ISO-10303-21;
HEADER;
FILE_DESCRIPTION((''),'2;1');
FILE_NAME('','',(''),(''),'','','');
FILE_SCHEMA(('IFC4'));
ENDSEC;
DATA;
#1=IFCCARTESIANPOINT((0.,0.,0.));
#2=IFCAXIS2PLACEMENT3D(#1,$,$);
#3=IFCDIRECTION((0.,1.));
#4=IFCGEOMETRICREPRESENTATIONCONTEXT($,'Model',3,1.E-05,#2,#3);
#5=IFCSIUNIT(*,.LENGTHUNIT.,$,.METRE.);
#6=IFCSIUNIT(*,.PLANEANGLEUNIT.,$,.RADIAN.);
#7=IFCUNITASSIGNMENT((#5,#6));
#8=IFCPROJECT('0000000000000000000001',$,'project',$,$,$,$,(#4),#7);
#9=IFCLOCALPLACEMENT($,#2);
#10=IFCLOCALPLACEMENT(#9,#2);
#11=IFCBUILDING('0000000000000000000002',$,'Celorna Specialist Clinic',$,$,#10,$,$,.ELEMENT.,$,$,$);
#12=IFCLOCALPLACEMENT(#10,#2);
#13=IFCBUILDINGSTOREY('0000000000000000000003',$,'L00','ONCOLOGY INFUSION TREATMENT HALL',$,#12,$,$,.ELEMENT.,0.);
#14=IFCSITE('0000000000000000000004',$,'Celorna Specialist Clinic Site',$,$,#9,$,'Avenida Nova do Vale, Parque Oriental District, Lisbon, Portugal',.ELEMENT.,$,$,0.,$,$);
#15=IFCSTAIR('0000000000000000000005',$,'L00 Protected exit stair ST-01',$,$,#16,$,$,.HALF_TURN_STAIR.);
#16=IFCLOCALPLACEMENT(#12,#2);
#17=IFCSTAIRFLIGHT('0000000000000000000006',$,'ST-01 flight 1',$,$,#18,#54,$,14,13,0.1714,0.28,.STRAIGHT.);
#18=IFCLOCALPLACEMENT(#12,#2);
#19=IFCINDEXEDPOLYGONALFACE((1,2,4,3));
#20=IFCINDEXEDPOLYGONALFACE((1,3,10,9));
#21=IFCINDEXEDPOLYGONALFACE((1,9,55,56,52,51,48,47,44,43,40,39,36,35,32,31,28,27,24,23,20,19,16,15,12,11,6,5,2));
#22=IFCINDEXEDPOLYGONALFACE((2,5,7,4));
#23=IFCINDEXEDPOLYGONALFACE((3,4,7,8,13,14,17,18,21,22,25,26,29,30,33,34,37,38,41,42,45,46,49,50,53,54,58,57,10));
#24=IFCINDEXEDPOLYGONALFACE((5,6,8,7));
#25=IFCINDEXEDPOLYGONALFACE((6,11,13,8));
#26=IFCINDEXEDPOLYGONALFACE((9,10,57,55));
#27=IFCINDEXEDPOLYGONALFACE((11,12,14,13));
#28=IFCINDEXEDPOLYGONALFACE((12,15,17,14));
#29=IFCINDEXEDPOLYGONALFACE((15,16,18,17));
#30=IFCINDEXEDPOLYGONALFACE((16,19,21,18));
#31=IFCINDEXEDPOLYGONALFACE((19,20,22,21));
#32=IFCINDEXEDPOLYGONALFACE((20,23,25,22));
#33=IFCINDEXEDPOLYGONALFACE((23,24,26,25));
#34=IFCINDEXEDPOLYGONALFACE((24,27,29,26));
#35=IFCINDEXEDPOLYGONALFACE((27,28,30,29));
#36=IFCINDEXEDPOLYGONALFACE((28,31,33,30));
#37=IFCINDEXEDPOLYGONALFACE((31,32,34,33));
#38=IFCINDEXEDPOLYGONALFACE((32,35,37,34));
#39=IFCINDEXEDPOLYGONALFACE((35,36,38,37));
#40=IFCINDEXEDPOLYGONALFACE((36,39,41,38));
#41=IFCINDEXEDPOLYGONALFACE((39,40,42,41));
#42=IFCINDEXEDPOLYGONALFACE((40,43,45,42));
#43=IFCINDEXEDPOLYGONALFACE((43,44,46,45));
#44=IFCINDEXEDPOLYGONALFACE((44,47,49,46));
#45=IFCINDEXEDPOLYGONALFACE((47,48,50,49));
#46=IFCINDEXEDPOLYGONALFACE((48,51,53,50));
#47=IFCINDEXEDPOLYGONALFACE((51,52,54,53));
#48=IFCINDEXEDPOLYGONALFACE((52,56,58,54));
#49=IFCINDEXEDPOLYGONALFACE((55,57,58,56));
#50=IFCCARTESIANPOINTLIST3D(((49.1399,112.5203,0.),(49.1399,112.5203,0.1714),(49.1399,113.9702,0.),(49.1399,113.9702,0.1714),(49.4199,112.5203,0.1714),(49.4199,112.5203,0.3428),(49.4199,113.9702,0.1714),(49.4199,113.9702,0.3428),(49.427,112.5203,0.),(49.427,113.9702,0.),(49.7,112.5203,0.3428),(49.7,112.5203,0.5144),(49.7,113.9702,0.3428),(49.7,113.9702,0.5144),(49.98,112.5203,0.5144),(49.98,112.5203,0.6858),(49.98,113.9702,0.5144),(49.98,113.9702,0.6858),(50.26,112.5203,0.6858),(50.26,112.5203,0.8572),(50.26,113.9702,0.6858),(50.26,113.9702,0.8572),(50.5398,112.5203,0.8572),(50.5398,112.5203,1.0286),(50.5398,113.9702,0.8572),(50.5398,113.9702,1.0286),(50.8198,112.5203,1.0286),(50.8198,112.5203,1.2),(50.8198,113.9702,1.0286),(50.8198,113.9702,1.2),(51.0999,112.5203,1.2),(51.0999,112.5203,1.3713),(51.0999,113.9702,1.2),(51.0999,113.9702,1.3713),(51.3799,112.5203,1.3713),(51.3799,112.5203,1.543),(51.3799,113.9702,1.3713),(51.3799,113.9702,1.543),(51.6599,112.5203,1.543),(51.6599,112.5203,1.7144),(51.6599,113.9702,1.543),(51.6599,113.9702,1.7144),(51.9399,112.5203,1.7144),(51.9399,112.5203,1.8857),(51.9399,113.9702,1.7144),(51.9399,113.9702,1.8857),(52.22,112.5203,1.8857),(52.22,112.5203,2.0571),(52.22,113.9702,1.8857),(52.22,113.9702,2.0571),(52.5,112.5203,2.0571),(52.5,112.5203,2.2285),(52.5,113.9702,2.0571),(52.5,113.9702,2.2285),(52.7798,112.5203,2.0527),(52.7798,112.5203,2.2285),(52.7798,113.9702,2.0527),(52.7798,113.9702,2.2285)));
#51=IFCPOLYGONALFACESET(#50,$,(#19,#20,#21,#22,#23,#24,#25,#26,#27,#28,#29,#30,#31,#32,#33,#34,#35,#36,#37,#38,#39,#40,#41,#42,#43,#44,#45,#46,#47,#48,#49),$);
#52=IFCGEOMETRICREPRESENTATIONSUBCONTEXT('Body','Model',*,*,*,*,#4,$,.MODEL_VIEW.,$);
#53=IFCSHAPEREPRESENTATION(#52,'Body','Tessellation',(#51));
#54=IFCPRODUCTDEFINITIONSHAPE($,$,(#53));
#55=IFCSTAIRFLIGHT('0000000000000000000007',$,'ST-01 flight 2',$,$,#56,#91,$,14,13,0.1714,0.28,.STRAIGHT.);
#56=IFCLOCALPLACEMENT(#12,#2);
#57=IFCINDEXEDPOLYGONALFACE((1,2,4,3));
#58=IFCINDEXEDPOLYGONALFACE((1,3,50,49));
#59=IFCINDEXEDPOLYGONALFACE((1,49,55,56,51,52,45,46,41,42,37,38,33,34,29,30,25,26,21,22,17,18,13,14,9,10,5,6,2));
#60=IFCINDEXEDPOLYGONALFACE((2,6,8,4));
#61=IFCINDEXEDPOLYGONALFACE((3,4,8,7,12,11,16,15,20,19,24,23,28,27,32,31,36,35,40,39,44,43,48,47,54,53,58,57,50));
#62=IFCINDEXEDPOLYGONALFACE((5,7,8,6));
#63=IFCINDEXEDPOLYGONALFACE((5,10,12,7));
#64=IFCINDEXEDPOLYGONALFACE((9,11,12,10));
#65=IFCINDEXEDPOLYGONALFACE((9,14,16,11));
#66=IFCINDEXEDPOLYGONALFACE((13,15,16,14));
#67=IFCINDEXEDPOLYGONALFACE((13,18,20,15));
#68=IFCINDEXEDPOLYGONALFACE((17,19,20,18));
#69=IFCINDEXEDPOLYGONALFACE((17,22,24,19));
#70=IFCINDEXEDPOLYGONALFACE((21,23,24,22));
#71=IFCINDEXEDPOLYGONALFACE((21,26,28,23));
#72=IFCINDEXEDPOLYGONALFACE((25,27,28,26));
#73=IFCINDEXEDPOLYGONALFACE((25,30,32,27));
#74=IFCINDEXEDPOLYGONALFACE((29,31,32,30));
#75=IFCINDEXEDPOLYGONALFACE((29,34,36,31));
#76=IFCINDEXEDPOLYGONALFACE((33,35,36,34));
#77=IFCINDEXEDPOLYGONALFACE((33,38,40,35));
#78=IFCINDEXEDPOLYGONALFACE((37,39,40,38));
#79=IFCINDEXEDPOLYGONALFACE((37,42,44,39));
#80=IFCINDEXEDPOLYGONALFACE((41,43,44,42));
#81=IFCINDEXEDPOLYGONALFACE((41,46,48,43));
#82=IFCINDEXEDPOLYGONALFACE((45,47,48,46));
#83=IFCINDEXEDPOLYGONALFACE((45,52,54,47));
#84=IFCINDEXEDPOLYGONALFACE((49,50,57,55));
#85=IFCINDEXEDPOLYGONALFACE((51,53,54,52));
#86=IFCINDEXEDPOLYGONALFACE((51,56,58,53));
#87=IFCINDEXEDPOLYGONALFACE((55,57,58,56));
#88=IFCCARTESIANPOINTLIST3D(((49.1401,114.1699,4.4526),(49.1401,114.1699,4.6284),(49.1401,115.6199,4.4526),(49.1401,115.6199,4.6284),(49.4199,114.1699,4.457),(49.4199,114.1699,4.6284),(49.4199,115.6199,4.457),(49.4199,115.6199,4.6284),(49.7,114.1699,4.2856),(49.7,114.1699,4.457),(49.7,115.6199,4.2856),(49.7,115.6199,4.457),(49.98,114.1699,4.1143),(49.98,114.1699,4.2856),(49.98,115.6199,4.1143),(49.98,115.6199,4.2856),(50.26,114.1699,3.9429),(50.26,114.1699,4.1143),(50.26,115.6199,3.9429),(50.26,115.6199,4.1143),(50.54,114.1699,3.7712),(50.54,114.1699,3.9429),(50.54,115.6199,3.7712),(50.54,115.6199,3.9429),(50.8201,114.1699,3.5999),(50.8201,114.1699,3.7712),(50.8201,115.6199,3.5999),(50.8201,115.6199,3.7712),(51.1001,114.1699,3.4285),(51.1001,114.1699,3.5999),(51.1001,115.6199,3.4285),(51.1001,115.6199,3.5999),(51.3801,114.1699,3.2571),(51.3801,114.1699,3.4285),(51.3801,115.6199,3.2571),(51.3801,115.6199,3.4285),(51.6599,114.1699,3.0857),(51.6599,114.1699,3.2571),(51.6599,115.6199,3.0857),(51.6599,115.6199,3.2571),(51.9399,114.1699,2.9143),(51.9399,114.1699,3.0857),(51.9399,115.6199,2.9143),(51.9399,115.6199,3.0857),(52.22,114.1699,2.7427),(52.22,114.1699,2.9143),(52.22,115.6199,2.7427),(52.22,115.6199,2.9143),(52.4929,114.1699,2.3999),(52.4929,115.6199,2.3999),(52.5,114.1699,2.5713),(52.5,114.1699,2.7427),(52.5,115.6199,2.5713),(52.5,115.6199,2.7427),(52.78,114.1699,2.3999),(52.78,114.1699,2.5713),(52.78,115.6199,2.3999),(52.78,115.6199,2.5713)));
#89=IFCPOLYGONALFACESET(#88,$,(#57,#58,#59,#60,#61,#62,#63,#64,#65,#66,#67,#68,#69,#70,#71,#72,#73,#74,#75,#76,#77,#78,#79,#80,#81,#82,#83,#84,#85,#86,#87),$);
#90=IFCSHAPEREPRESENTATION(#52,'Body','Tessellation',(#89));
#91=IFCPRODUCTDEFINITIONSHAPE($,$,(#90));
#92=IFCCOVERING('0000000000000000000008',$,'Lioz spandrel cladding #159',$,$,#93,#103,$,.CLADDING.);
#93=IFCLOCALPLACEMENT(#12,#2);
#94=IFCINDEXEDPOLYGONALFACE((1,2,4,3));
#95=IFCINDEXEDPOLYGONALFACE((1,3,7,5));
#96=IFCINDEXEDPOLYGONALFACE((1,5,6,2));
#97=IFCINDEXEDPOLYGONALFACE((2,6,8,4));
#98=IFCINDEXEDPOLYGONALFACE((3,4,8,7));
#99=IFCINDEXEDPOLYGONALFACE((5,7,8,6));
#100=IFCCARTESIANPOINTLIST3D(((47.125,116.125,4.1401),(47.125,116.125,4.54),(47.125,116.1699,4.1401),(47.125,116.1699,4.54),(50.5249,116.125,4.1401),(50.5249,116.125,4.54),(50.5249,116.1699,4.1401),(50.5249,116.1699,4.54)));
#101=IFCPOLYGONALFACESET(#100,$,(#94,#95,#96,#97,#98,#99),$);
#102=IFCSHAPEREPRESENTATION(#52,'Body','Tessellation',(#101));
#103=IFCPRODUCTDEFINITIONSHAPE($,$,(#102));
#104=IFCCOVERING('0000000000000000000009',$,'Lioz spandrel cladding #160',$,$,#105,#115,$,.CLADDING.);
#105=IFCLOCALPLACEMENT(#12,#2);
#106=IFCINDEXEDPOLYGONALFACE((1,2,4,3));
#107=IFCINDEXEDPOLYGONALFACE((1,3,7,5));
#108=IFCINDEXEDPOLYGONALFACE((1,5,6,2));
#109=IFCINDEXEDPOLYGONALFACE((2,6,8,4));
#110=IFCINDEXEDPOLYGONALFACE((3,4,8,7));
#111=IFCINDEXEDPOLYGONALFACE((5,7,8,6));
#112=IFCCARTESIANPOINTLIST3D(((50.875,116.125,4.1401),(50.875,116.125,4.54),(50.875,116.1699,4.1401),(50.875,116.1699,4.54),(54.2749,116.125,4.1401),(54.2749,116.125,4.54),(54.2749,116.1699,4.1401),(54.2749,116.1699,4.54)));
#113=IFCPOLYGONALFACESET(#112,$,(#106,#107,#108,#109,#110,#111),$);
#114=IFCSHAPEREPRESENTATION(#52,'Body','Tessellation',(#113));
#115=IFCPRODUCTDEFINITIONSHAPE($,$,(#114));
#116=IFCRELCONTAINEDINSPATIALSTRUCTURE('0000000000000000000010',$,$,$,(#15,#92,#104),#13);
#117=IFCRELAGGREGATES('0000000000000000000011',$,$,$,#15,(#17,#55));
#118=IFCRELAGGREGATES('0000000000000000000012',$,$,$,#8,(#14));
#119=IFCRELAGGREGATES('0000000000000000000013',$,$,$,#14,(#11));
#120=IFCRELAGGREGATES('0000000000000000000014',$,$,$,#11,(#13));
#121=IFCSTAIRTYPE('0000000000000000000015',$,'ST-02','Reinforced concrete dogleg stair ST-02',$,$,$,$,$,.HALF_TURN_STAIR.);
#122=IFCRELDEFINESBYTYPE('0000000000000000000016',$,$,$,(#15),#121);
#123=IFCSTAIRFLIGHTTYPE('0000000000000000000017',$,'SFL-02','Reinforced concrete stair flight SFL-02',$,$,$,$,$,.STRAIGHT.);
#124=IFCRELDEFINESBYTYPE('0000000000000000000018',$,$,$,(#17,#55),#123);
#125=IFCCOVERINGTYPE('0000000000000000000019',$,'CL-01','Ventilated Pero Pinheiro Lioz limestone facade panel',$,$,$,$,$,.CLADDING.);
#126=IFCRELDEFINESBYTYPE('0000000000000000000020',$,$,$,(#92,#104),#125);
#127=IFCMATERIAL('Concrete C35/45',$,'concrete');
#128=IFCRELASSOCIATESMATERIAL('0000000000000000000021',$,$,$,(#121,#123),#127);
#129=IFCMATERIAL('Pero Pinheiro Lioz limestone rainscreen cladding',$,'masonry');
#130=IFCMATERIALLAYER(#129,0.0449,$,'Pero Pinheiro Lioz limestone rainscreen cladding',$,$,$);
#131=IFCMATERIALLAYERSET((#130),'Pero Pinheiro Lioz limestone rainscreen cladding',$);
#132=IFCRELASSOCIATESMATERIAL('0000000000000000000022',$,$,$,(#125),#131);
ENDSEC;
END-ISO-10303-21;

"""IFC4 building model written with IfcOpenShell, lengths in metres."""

from ifc_helpers import new_model, si_unit, direction, frame, origin, origin_2d, place, context, subcontext, project, spatial, polyline, rectangle, outline, extrude, material, layer, layer_set, type_object, element, aggregate, save


model = new_model("IFC4")

# Units and contexts
model_context = context("Model", 3, precision=1e-05, world=origin(), true_north=direction((0.0, 1.0)))
body_context = subcontext(model_context, "Body", "Model", "MODEL_VIEW")
ifc_project = project(units=[si_unit("LENGTHUNIT", "METRE"), si_unit("PLANEANGLEUNIT", "RADIAN")], contexts=[model_context])

# Site, building, storey
site_placement = place(None, origin())
site = spatial("IfcSite", under=ifc_project, at=site_placement, Name="Celorna Specialist Clinic Site", LongName="Avenida Nova do Vale, Parque Oriental District, Lisbon, Portugal", CompositionType="ELEMENT", RefElevation=0.0)
building_placement = place(site_placement, origin())
building = spatial("IfcBuilding", under=site, at=building_placement, Name="Celorna Specialist Clinic", CompositionType="ELEMENT")
storey_placement = place(building_placement, origin())
storey = spatial("IfcBuildingStorey", under=building, at=storey_placement, Name="L00", Description="ONCOLOGY INFUSION TREATMENT HALL", CompositionType="ELEMENT", Elevation=0.0)

# Shared definitions
ifc_material_1 = material(Name="Concrete C35/45", Category="concrete")

# Stair, stair flights
stair_type = type_object("IfcStairType", Name="ST-02", Description="Reinforced concrete dogleg stair ST-02", PredefinedType="HALF_TURN_STAIR", material=ifc_material_1)
stair_placement = place(storey_placement, origin())
stair = element("IfcStair", 1, at=stair_placement, inside=storey, type_object=stair_type, Name="L00 Protected exit stair ST-01", PredefinedType="HALF_TURN_STAIR")
stair_flight_type = type_object("IfcStairFlightType", Name="SFL-02", Description="Reinforced concrete stair flight SFL-02", PredefinedType="STRAIGHT", material=ifc_material_1)
stair_flight_1_placement = place(storey_placement, frame((49.1399, 113.2451, 0.0), z_axis=(0.0, 0.0, 1.0), x_axis=(1.0, 0.0, 0.0)))
stair_flight_1 = element("IfcStairFlight", 2, at=stair_flight_1_placement, type_object=stair_flight_type, Name="ST-01 flight 1", NumberOfRisers=14, NumberOfTreads=13, PredefinedType="STRAIGHT", RiserHeight=0.1714, TreadLength=0.28, context=body_context, shape_type="SweptSolid", body=[
    extrude(outline(polyline([(0.0, 0.0), (0.0, 0.1714), (0.28, 0.1714), (0.28, 0.3428), (0.5601, 0.3428), (0.5601, 0.5144), (0.8401, 0.5144), (0.8401, 0.6858), (1.1201, 0.6858), (1.1201, 0.8572), (1.3999, 0.8572), (1.3999, 1.0286), (1.6799, 1.0286), (1.6799, 1.2), (1.96, 1.2), (1.96, 1.3713), (2.24, 1.3713), (2.24, 1.543), (2.52, 1.543), (2.52, 1.7144), (2.8, 1.7144), (2.8, 1.8857), (3.0801, 1.8857), (3.0801, 2.0571), (3.3601, 2.0571), (3.3601, 2.2285), (3.6399, 2.2285), (3.6399, 2.3999), (3.6399, 2.0527), (0.2871, 0.0), (0.0, 0.0)])), frame((0.0, 0.7251, 0.0), z_axis=(0.0, -1.0, 0.0), x_axis=(1.0, 0.0, 0.0)), (0.0, 0.0, 1.0), 1.45),
])
stair_flight_2_placement = place(storey_placement, frame((52.78, 114.895, 2.3999), z_axis=(0.0, 0.0, 1.0), x_axis=(-1.0, 0.0, 0.0)))
stair_flight_2 = element("IfcStairFlight", 3, at=stair_flight_2_placement, type_object=stair_flight_type, Name="ST-01 flight 2", NumberOfRisers=14, NumberOfTreads=13, PredefinedType="STRAIGHT", RiserHeight=0.1714, TreadLength=0.28, context=body_context, shape_type="SweptSolid", body=[
    extrude(outline(polyline([(0.0, 0.0), (0.0, 0.1714), (0.28, 0.1714), (0.28, 0.3428), (0.5601, 0.3428), (0.5601, 0.5144), (0.8401, 0.5144), (0.8401, 0.6858), (1.1201, 0.6858), (1.1201, 0.8572), (1.3999, 0.8572), (1.3999, 1.0286), (1.6799, 1.0286), (1.6799, 1.2), (1.96, 1.2), (1.96, 1.3713), (2.24, 1.3713), (2.24, 1.543), (2.52, 1.543), (2.52, 1.7144), (2.8, 1.7144), (2.8, 1.8857), (3.0801, 1.8857), (3.0801, 2.0571), (3.3601, 2.0571), (3.3601, 2.2285), (3.6399, 2.2285), (3.6399, 2.3999), (3.6399, 2.0527), (0.2871, 0.0), (0.0, 0.0)])), frame((0.0, 0.7251, 0.0), z_axis=(0.0, -1.0, 0.0), x_axis=(1.0, 0.0, 0.0)), (0.0, 0.0, 1.0), 1.45),
])
aggregate(stair, [stair_flight_1, stair_flight_2])

# Coverings
ifc_material_2 = material(Name="Pero Pinheiro Lioz limestone rainscreen cladding", Category="masonry")
ifc_layer_1 = layer(ifc_material_2, 0.0449, Name="Pero Pinheiro Lioz limestone rainscreen cladding")
ifc_layer_set_1 = layer_set([ifc_layer_1], Name="Pero Pinheiro Lioz limestone rainscreen cladding")
covering_type = type_object("IfcCoveringType", Name="CL-01", Description="Ventilated Pero Pinheiro Lioz limestone facade panel", PredefinedType="CLADDING", material=ifc_layer_set_1)
for number, where, z_axis, x_axis, name in (
    (4, (48.825, 116.1475, 4.1401), (0.0, 0.0, 1.0), (1.0, 0.0, 0.0), "Lioz spandrel cladding #159"),
    (5, (52.575, 116.1475, 4.1401), (0.0, 0.0, 1.0), (1.0, 0.0, 0.0), "Lioz spandrel cladding #160"),
):
    element("IfcCovering", number, at=place(storey_placement, frame(where, z_axis=z_axis, x_axis=x_axis)), inside=storey, type_object=covering_type, Name=name, PredefinedType="CLADDING", context=body_context, shape_type="SweptSolid", body=[
        extrude(rectangle(XDim=3.3999, YDim=0.0449, at=origin_2d()), origin(), (0.0, 0.0, 1.0), 0.3999),
    ])

save(model, "model.ifc")
